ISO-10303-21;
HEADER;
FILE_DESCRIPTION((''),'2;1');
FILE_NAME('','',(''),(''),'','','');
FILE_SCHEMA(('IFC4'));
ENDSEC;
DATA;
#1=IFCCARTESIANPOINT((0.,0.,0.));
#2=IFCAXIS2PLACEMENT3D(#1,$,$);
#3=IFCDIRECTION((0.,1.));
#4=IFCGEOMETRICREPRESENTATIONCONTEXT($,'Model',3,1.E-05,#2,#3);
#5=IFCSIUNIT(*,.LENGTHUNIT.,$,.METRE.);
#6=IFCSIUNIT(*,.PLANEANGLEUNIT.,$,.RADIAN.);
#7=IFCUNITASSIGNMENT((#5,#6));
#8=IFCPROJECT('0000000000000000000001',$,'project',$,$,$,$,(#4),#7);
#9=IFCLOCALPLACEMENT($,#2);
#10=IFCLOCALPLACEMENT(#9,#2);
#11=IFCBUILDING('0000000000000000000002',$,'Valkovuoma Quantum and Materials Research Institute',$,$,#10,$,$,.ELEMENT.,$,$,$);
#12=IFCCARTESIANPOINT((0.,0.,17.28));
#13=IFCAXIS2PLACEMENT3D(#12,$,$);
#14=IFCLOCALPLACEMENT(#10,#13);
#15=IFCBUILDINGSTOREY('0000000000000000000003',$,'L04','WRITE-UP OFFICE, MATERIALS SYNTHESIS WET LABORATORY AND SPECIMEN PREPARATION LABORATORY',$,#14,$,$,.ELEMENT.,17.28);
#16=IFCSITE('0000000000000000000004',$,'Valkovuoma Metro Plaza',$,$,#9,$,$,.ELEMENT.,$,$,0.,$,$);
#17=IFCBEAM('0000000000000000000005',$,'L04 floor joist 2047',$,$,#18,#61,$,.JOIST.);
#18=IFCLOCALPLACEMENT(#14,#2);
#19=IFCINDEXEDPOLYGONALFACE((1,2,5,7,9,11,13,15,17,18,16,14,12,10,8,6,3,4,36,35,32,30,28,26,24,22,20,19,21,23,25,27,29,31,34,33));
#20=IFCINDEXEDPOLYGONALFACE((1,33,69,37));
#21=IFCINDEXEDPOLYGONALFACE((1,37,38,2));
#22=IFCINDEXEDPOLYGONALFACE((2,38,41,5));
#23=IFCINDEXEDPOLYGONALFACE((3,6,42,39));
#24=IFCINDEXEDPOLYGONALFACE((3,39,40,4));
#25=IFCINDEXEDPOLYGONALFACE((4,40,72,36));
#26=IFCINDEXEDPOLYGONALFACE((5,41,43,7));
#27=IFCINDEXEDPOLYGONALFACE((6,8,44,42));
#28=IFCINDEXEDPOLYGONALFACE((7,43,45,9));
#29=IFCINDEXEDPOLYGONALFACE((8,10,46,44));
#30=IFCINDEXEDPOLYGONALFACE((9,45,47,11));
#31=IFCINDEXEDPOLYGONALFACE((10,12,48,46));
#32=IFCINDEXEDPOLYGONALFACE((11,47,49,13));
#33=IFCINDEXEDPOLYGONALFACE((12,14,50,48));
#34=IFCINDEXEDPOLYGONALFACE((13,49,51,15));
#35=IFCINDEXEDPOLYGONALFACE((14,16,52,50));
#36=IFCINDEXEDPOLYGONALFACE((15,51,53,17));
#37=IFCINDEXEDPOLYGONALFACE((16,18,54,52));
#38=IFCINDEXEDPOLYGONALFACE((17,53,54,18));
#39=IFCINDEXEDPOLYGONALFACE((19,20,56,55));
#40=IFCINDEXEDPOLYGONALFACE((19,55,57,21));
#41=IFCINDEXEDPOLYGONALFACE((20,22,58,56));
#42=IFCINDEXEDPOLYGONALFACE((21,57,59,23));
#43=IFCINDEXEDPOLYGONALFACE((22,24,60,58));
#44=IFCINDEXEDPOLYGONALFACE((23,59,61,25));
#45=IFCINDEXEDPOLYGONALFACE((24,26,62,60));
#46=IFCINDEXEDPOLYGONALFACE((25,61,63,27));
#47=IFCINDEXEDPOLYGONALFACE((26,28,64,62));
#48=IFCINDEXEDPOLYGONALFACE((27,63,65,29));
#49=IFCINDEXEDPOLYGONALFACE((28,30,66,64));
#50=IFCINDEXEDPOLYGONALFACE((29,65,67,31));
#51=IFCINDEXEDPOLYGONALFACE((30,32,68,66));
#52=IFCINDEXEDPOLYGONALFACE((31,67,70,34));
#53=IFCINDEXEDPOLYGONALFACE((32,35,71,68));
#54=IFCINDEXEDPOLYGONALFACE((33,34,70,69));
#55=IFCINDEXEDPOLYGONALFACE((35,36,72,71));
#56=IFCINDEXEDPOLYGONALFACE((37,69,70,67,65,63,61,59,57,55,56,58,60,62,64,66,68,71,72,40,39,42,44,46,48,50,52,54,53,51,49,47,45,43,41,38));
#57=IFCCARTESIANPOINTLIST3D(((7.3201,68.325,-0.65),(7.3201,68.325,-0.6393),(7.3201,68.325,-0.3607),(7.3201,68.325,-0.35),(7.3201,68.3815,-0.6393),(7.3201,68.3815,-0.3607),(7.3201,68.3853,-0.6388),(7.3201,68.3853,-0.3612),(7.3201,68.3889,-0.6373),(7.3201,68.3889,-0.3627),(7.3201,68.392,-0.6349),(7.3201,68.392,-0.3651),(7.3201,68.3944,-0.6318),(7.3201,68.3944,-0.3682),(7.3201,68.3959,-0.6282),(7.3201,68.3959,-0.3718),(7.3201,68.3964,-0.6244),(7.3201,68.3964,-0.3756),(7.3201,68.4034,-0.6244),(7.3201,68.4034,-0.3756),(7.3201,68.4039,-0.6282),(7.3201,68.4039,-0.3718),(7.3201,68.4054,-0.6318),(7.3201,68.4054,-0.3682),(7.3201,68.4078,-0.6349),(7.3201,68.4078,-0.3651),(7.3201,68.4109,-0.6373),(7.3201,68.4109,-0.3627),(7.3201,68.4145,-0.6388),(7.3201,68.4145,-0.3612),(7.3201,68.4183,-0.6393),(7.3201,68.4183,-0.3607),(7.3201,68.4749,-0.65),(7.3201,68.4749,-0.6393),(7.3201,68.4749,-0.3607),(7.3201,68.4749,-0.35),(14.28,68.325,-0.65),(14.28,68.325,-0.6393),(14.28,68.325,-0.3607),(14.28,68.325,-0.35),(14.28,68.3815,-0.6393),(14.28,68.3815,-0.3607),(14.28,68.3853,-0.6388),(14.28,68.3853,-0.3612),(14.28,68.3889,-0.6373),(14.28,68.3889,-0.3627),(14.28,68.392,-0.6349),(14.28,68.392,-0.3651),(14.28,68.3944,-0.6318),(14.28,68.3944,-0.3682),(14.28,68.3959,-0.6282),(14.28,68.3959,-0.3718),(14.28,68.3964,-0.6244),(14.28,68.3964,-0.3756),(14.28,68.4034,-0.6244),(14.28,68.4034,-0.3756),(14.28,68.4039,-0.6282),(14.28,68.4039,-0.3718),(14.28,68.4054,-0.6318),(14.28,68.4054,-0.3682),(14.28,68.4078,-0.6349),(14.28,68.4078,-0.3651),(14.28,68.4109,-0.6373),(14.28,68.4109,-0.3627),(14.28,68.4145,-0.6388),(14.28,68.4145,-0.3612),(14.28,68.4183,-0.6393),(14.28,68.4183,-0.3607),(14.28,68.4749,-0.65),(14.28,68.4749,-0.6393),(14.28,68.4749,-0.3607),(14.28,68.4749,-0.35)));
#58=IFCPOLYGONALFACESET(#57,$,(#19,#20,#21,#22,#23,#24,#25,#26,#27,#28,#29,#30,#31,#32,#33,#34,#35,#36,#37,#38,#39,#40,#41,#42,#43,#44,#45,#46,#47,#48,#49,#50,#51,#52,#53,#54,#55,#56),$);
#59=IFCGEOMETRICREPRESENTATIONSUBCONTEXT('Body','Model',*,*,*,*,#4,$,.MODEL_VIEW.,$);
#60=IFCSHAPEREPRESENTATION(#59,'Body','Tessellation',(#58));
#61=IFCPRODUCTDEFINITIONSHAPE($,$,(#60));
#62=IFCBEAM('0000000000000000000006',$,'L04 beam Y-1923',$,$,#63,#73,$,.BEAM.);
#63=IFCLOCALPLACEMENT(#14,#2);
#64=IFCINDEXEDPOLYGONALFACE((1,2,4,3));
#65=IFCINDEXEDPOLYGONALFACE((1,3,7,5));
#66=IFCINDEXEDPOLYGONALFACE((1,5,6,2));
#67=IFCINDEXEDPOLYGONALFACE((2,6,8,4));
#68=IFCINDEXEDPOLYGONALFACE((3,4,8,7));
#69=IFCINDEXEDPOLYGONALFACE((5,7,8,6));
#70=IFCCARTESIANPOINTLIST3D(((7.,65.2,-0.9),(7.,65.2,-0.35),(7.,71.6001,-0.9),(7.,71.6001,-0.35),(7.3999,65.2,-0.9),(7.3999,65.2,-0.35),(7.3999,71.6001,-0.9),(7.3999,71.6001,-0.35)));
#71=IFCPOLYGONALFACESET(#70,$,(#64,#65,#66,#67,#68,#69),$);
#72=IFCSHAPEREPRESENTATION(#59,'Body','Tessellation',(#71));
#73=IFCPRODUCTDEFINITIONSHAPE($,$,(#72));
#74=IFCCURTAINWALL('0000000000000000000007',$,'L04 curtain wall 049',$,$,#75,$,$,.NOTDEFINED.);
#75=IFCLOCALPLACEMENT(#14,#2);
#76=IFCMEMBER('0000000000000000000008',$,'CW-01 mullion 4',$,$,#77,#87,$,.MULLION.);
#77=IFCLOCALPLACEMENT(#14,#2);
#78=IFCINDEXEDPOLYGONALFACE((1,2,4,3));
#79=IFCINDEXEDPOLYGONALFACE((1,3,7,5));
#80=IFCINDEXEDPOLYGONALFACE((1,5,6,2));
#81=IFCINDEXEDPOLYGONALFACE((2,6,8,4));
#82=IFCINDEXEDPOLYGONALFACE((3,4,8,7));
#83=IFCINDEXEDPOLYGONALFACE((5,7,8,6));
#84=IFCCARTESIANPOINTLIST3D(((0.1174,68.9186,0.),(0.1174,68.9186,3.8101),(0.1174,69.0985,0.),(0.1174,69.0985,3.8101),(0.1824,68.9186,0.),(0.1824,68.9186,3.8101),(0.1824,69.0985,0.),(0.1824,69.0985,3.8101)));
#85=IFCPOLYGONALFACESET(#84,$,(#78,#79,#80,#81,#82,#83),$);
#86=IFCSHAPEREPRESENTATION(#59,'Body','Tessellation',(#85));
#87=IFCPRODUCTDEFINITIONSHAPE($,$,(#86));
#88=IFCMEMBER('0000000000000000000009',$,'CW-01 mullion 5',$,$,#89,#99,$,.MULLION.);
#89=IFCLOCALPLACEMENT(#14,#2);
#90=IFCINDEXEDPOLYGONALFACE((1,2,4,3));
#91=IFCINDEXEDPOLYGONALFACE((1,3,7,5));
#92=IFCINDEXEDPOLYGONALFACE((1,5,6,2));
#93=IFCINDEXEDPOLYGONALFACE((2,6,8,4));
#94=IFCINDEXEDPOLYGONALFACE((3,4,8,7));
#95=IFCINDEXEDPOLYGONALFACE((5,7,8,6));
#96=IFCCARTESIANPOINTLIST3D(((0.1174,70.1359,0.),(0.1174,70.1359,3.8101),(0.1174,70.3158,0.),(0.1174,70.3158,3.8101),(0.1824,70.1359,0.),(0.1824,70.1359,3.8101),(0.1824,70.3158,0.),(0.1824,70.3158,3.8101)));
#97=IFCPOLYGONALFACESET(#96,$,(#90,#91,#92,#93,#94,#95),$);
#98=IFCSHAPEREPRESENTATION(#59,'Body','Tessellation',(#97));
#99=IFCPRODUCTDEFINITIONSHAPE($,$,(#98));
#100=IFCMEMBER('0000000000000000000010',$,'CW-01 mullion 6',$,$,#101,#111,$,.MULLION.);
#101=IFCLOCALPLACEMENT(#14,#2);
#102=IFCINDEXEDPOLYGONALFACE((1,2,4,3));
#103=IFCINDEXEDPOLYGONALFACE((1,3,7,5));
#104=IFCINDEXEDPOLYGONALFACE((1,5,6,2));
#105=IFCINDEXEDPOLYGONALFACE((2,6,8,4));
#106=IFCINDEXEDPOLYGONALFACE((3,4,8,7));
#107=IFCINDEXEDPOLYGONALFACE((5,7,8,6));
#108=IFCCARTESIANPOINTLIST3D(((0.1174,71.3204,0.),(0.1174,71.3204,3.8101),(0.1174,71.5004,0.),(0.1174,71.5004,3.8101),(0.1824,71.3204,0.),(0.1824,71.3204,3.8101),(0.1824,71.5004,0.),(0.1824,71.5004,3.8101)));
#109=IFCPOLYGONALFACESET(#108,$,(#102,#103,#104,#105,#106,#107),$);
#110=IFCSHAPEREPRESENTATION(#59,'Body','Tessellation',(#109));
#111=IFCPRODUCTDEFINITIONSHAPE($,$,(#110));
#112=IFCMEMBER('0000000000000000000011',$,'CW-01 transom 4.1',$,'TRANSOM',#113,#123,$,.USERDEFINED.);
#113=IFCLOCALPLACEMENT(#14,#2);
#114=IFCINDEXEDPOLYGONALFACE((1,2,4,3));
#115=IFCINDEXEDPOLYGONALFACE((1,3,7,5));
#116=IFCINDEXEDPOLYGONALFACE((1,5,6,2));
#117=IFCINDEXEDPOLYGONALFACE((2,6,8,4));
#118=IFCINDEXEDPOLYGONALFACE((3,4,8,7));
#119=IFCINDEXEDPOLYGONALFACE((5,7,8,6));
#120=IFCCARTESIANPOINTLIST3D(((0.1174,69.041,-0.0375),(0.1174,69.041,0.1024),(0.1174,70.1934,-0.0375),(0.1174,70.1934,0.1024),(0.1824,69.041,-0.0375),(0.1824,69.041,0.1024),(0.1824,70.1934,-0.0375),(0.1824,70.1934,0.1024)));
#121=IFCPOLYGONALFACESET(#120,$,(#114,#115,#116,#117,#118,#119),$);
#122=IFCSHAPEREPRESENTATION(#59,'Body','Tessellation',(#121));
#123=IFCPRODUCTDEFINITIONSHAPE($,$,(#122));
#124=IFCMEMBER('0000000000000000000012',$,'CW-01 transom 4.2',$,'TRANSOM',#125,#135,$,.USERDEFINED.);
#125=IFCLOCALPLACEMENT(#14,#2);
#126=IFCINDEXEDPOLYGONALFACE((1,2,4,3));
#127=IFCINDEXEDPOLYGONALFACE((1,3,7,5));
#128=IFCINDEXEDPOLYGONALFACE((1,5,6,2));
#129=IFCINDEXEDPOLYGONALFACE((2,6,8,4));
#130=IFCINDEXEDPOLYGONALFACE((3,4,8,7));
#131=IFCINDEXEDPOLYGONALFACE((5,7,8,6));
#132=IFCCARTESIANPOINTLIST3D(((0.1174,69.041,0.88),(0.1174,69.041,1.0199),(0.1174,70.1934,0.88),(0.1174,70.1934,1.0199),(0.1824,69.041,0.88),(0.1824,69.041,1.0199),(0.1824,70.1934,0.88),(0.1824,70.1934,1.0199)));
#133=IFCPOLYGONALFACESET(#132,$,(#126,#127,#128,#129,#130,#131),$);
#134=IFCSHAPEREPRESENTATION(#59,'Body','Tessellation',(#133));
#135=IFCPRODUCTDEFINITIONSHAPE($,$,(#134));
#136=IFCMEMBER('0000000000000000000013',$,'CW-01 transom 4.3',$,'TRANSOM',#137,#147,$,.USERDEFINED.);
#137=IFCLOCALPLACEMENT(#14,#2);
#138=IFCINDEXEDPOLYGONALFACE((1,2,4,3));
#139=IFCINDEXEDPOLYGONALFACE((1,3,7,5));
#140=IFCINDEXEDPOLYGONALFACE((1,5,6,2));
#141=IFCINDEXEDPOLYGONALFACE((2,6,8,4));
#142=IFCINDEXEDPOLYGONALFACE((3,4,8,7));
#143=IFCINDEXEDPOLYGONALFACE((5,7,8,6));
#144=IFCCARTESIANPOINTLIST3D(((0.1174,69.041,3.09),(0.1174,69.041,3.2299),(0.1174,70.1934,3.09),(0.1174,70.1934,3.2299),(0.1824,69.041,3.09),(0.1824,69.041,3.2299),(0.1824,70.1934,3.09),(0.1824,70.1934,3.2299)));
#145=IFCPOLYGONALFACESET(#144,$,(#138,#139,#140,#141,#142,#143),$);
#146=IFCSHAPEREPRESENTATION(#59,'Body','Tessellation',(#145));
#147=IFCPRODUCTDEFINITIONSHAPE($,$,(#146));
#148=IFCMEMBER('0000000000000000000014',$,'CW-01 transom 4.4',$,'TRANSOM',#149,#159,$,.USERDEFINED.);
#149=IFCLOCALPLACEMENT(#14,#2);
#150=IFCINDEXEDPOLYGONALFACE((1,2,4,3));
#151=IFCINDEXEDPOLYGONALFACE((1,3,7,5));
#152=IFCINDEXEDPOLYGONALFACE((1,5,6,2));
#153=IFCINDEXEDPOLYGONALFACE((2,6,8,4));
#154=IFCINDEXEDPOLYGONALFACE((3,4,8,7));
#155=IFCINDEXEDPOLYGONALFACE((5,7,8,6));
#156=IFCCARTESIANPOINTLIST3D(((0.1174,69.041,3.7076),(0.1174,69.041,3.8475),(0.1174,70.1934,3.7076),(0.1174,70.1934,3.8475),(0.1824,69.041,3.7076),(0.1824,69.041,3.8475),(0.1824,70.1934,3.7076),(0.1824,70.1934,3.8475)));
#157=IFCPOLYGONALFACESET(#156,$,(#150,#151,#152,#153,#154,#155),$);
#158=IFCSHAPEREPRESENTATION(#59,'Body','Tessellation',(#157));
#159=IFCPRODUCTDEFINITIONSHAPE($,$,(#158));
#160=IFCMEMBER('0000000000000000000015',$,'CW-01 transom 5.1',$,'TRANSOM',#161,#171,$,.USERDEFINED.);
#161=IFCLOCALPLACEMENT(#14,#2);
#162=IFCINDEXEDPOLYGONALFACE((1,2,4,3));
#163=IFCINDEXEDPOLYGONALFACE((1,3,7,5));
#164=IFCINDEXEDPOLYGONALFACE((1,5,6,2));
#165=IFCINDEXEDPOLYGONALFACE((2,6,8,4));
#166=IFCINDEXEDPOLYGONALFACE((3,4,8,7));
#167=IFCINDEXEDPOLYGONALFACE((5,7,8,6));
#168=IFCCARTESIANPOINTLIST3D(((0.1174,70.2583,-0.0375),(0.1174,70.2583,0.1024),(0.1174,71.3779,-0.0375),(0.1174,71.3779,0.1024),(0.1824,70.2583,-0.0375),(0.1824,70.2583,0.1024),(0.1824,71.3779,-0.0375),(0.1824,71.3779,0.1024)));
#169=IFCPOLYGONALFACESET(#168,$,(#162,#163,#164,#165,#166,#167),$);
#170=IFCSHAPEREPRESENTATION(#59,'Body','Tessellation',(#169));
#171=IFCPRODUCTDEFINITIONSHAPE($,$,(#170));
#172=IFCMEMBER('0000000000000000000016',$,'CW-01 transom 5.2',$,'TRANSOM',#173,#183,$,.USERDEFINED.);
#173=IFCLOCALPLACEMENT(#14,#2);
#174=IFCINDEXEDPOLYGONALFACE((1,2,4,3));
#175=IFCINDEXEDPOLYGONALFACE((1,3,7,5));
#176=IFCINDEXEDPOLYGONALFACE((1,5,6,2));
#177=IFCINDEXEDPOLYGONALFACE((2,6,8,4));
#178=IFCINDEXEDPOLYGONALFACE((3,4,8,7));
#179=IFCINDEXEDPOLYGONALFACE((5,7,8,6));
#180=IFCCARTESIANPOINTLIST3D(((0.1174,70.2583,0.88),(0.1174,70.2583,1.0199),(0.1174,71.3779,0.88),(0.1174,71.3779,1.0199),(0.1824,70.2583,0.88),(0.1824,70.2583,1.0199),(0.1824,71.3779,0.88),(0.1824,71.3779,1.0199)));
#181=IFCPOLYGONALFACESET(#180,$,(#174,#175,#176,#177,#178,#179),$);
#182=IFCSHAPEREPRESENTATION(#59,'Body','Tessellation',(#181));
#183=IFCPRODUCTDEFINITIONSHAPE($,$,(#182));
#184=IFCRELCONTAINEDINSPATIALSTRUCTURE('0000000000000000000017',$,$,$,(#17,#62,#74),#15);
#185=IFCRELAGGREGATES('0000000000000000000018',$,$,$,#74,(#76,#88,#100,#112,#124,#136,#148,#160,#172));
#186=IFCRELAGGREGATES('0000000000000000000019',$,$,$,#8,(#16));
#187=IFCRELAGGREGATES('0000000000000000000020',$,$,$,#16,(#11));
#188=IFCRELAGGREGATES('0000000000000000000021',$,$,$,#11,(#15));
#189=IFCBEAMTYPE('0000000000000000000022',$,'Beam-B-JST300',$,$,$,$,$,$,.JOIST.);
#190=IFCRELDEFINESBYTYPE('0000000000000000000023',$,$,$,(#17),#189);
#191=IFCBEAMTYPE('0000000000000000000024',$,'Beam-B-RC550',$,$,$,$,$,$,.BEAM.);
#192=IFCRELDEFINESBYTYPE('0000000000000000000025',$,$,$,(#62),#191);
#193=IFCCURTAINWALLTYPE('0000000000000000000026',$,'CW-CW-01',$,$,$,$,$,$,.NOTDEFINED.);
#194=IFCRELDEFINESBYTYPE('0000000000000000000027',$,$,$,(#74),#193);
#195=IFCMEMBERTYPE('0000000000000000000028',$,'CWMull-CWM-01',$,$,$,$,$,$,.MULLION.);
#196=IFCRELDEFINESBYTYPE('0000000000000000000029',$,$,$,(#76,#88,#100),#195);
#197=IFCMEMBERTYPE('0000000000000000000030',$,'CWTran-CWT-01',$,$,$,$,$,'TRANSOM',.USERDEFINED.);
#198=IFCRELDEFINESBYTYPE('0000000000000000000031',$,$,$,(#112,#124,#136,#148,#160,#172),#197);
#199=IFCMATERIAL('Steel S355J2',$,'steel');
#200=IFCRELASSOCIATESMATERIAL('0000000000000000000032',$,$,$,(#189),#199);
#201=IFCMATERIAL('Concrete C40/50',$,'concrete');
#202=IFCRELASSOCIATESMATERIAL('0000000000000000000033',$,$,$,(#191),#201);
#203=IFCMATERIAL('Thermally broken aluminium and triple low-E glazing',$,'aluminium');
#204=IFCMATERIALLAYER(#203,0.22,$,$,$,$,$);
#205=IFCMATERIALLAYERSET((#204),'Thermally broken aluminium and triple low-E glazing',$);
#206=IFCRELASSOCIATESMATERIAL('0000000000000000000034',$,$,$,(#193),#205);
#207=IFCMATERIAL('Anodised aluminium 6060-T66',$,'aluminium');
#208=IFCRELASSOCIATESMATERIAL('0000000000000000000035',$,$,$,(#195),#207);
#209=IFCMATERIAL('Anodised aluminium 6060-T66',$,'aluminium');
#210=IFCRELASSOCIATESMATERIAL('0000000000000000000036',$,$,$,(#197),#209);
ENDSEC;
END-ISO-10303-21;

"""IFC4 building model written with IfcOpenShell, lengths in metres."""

from ifc_helpers import new_model, si_unit, direction, frame, origin, origin_2d, place, context, subcontext, project, spatial, rectangle, i_section, extrude, material, layer, layer_set, material_profile, profile_set, type_object, element, aggregate, save


model = new_model("IFC4")

# Units and contexts
model_context = context("Model", 3, precision=1e-05, world=origin(), true_north=direction((0.0, 1.0)))
body_context = subcontext(model_context, "Body", "Model", "MODEL_VIEW")
ifc_project = project(units=[si_unit("LENGTHUNIT", "METRE"), si_unit("PLANEANGLEUNIT", "RADIAN")], contexts=[model_context])

# Site, building, storey
site_placement = place(None, origin())
site = spatial("IfcSite", under=ifc_project, at=site_placement, Name="Valkovuoma Metro Plaza", CompositionType="ELEMENT", RefElevation=0.0)
building_placement = place(site_placement, origin())
building = spatial("IfcBuilding", under=site, at=building_placement, Name="Valkovuoma Quantum and Materials Research Institute", CompositionType="ELEMENT")
storey_placement = place(building_placement, frame((0.0, 0.0, 17.28)))
storey = spatial("IfcBuildingStorey", under=building, at=storey_placement, Name="L04", Description="WRITE-UP OFFICE, MATERIALS SYNTHESIS WET LABORATORY AND SPECIMEN PREPARATION LABORATORY", CompositionType="ELEMENT", Elevation=17.28)

# Beams
ifc_material_1 = material(Name="Steel S355J2", Category="steel")
ifc_material_profile_1 = material_profile(ifc_material_1, i_section(OverallWidth=0.1499, OverallDepth=0.3, WebThickness=0.0071, FlangeThickness=0.0107, FilletRadius=0.0149, at=origin_2d()), Name="Steel S355J2")
ifc_profile_set_1 = profile_set([ifc_material_profile_1], Name="Steel S355J2")
beam_type_1 = type_object("IfcBeamType", Name="Beam-B-JST300", PredefinedType="JOIST", material=ifc_profile_set_1)
beam_1_placement = place(storey_placement, frame((7.3201, 68.3999, -0.5), z_axis=(1.0, 0.0, 0.0), x_axis=(0.0, 1.0, 0.0)))
element("IfcBeam", 1, at=beam_1_placement, inside=storey, type_object=beam_type_1, Name="L04 floor joist 2047", PredefinedType="JOIST", context=body_context, shape_type="SweptSolid", body=[
    extrude(i_section(OverallWidth=0.1499, OverallDepth=0.3, WebThickness=0.0071, FlangeThickness=0.0107, FilletRadius=0.0149, at=origin_2d()), origin(), (0.0, 0.0, 1.0), 6.96),
])
ifc_material_2 = material(Name="Concrete C40/50", Category="concrete")
ifc_material_profile_2 = material_profile(ifc_material_2, rectangle(XDim=0.3999, YDim=0.55, at=origin_2d()), Name="Concrete C40/50")
ifc_profile_set_2 = profile_set([ifc_material_profile_2], Name="Concrete C40/50")
beam_type_2 = type_object("IfcBeamType", Name="Beam-B-RC550", PredefinedType="BEAM", material=ifc_profile_set_2)
beam_2_placement = place(storey_placement, frame((7.2, 65.2, -0.625), z_axis=(0.0, 1.0, 0.0), x_axis=(-1.0, 0.0, 0.0)))
element("IfcBeam", 2, at=beam_2_placement, inside=storey, type_object=beam_type_2, Name="L04 beam Y-1923", PredefinedType="BEAM", context=body_context, shape_type="SweptSolid", body=[
    extrude(rectangle(XDim=0.3999, YDim=0.55, at=origin_2d()), origin(), (0.0, 0.0, 1.0), 6.4001),
])

# Curtain wall, members
ifc_material_3 = material(Name="Thermally broken aluminium and triple low-E glazing", Category="aluminium")
ifc_layer_1 = layer(ifc_material_3, 0.22)
ifc_layer_set_1 = layer_set([ifc_layer_1], Name="Thermally broken aluminium and triple low-E glazing")
curtain_wall_type = type_object("IfcCurtainWallType", Name="CW-CW-01", PredefinedType="NOTDEFINED", material=ifc_layer_set_1)
curtain_wall_placement = place(storey_placement, origin())
curtain_wall = element("IfcCurtainWall", 3, at=curtain_wall_placement, inside=storey, type_object=curtain_wall_type, Name="L04 curtain wall 049", PredefinedType="NOTDEFINED")
ifc_material_4 = material(Name="Anodised aluminium 6060-T66", Category="aluminium")
ifc_material_profile_3 = material_profile(ifc_material_4, rectangle(XDim=0.0649, YDim=0.1799, at=origin_2d()), Name="Anodised aluminium 6060-T66")
ifc_profile_set_3 = profile_set([ifc_material_profile_3], Name="Anodised aluminium 6060-T66")
member_type_1 = type_object("IfcMemberType", Name="CWMull-CWM-01", PredefinedType="MULLION", material=ifc_profile_set_3)
member_1_placement = place(storey_placement, frame((0.1499, 69.0085, 0.0), z_axis=(0.0, 0.0, 1.0), x_axis=(-1.0, 0.0, 0.0)))
member_1 = element("IfcMember", 4, at=member_1_placement, type_object=member_type_1, Name="CW-01 mullion 4", PredefinedType="MULLION", context=body_context, shape_type="SweptSolid", body=[
    extrude(rectangle(XDim=0.0649, YDim=0.1799, at=origin_2d()), origin(), (0.0, 0.0, 1.0), 3.8101),
])
member_2_placement = place(storey_placement, frame((0.1499, 70.2258, 0.0), z_axis=(0.0, 0.0, 1.0), x_axis=(-1.0, 0.0, 0.0)))
member_2 = element("IfcMember", 5, at=member_2_placement, type_object=member_type_1, Name="CW-01 mullion 5", PredefinedType="MULLION", context=body_context, shape_type="SweptSolid", body=[
    extrude(rectangle(XDim=0.0649, YDim=0.1799, at=origin_2d()), origin(), (0.0, 0.0, 1.0), 3.8101),
])
member_3_placement = place(storey_placement, frame((0.1499, 71.4104, 0.0), z_axis=(0.0, 0.0, 1.0), x_axis=(-1.0, 0.0, 0.0)))
member_3 = element("IfcMember", 6, at=member_3_placement, type_object=member_type_1, Name="CW-01 mullion 6", PredefinedType="MULLION", context=body_context, shape_type="SweptSolid", body=[
    extrude(rectangle(XDim=0.0649, YDim=0.1799, at=origin_2d()), origin(), (0.0, 0.0, 1.0), 3.8101),
])
ifc_material_5 = material(Name="Anodised aluminium 6060-T66", Category="aluminium")
ifc_material_profile_4 = material_profile(ifc_material_5, rectangle(XDim=0.0649, YDim=0.1399, at=origin_2d()), Name="Anodised aluminium 6060-T66")
ifc_profile_set_4 = profile_set([ifc_material_profile_4], Name="Anodised aluminium 6060-T66")
member_type_2 = type_object("IfcMemberType", Name="CWTran-CWT-01", ElementType="TRANSOM", PredefinedType="USERDEFINED", material=ifc_profile_set_4)
member_4_placement = place(storey_placement, frame((0.1499, 69.041, 0.0325), z_axis=(0.0, 1.0, 0.0), x_axis=(-1.0, 0.0, 0.0)))
member_4 = element("IfcMember", 7, at=member_4_placement, type_object=member_type_2, Name="CW-01 transom 4.1", ObjectType="TRANSOM", PredefinedType="USERDEFINED", context=body_context, shape_type="SweptSolid", body=[
    extrude(rectangle(XDim=0.0649, YDim=0.1399, at=origin_2d()), origin(), (0.0, 0.0, 1.0), 1.1523),
])
member_5_placement = place(storey_placement, frame((0.1499, 69.041, 0.95), z_axis=(0.0, 1.0, 0.0), x_axis=(-1.0, 0.0, 0.0)))
member_5 = element("IfcMember", 8, at=member_5_placement, type_object=member_type_2, Name="CW-01 transom 4.2", ObjectType="TRANSOM", PredefinedType="USERDEFINED", context=body_context, shape_type="SweptSolid", body=[
    extrude(rectangle(XDim=0.0649, YDim=0.1399, at=origin_2d()), origin(), (0.0, 0.0, 1.0), 1.1523),
])
member_6_placement = place(storey_placement, frame((0.1499, 69.041, 3.1599), z_axis=(0.0, 1.0, 0.0), x_axis=(-1.0, 0.0, 0.0)))
member_6 = element("IfcMember", 9, at=member_6_placement, type_object=member_type_2, Name="CW-01 transom 4.3", ObjectType="TRANSOM", PredefinedType="USERDEFINED", context=body_context, shape_type="SweptSolid", body=[
    extrude(rectangle(XDim=0.0649, YDim=0.1399, at=origin_2d()), origin(), (0.0, 0.0, 1.0), 1.1523),
])
member_7_placement = place(storey_placement, frame((0.1499, 69.041, 3.7776), z_axis=(0.0, 1.0, 0.0), x_axis=(-1.0, 0.0, 0.0)))
member_7 = element("IfcMember", 10, at=member_7_placement, type_object=member_type_2, Name="CW-01 transom 4.4", ObjectType="TRANSOM", PredefinedType="USERDEFINED", context=body_context, shape_type="SweptSolid", body=[
    extrude(rectangle(XDim=0.0649, YDim=0.1399, at=origin_2d()), origin(), (0.0, 0.0, 1.0), 1.1523),
])
member_8_placement = place(storey_placement, frame((0.1499, 70.2583, 0.0325), z_axis=(0.0, 1.0, 0.0), x_axis=(-1.0, 0.0, 0.0)))
member_8 = element("IfcMember", 11, at=member_8_placement, type_object=member_type_2, Name="CW-01 transom 5.1", ObjectType="TRANSOM", PredefinedType="USERDEFINED", context=body_context, shape_type="SweptSolid", body=[
    extrude(rectangle(XDim=0.0649, YDim=0.1399, at=origin_2d()), origin(), (0.0, 0.0, 1.0), 1.1196),
])
member_9_placement = place(storey_placement, frame((0.1499, 70.2583, 0.95), z_axis=(0.0, 1.0, 0.0), x_axis=(-1.0, 0.0, 0.0)))
member_9 = element("IfcMember", 12, at=member_9_placement, type_object=member_type_2, Name="CW-01 transom 5.2", ObjectType="TRANSOM", PredefinedType="USERDEFINED", context=body_context, shape_type="SweptSolid", body=[
    extrude(rectangle(XDim=0.0649, YDim=0.1399, at=origin_2d()), origin(), (0.0, 0.0, 1.0), 1.1196),
])
aggregate(curtain_wall, [member_1, member_2, member_3, member_4, member_5, member_6, member_7, member_8, member_9])

save(model, "model.ifc")
